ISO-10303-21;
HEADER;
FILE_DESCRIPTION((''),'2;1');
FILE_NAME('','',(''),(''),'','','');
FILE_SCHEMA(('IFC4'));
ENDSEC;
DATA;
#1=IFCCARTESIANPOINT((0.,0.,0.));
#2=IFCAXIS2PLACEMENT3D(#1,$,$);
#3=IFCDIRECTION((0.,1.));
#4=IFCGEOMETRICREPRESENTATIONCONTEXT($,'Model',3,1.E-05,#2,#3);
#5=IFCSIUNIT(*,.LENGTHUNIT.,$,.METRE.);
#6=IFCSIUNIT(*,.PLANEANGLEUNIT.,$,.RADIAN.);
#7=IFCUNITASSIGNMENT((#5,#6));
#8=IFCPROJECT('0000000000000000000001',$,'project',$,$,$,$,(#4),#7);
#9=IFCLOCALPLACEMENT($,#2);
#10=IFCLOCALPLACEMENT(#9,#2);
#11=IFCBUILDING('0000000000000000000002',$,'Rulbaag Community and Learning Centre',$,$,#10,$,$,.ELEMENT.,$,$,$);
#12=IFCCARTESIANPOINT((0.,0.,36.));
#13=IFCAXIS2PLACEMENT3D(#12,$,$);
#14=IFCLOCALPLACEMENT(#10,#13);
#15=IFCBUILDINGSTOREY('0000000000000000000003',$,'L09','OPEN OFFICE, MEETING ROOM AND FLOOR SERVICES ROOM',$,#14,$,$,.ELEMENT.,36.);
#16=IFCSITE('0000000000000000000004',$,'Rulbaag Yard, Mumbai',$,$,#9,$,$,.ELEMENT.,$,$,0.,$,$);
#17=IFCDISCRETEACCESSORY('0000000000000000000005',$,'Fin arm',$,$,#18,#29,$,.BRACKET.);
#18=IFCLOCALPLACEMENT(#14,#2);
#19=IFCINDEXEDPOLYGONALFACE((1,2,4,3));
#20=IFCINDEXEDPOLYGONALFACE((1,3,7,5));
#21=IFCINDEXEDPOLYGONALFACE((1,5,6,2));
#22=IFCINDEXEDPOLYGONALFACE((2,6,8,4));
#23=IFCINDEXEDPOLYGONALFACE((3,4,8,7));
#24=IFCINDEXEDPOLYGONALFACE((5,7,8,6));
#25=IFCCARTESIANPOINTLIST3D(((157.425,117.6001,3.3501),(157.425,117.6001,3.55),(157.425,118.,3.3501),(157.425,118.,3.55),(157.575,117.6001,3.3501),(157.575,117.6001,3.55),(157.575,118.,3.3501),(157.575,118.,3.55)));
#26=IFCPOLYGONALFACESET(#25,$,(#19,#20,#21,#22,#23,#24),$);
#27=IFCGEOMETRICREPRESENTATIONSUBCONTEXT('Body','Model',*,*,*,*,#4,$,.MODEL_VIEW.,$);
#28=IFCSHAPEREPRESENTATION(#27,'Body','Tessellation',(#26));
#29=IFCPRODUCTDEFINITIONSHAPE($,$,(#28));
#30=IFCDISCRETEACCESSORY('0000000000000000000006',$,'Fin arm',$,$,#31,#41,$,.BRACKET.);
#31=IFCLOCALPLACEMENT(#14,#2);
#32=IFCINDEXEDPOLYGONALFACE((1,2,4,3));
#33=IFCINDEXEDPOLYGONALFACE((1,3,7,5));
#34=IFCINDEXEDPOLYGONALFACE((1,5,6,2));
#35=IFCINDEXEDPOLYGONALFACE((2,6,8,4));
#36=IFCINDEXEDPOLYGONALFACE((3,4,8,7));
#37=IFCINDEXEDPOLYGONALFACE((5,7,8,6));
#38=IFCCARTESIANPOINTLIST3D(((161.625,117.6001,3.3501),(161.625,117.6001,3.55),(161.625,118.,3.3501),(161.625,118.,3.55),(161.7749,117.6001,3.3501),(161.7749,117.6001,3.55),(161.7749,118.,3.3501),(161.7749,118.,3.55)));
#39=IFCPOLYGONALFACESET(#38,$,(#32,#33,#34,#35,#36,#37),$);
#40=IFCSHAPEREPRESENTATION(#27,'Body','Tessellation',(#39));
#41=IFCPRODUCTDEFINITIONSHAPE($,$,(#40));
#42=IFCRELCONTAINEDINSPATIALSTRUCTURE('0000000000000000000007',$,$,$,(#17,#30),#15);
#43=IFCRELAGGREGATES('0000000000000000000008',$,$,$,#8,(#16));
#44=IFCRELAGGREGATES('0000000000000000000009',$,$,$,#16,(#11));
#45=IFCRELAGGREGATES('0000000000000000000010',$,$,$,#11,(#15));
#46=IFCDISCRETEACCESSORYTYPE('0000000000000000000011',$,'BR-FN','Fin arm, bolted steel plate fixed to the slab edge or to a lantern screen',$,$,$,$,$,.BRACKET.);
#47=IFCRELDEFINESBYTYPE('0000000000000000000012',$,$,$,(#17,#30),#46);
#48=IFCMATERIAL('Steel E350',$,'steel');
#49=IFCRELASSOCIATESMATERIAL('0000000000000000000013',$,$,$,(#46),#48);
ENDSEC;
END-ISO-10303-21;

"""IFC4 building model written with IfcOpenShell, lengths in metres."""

from ifc_helpers import new_model, si_unit, direction, frame, origin, origin_2d, place, context, subcontext, project, spatial, rectangle, extrude, material, type_object, element, save


model = new_model("IFC4")

# Units and contexts
model_context = context("Model", 3, precision=1e-05, world=origin(), true_north=direction((0.0, 1.0)))
body_context = subcontext(model_context, "Body", "Model", "MODEL_VIEW")
ifc_project = project(units=[si_unit("LENGTHUNIT", "METRE"), si_unit("PLANEANGLEUNIT", "RADIAN")], contexts=[model_context])

# Site, building, storey
site_placement = place(None, origin())
site = spatial("IfcSite", under=ifc_project, at=site_placement, Name="Rulbaag Yard, Mumbai", CompositionType="ELEMENT", RefElevation=0.0)
building_placement = place(site_placement, origin())
building = spatial("IfcBuilding", under=site, at=building_placement, Name="Rulbaag Community and Learning Centre", CompositionType="ELEMENT")
storey_placement = place(building_placement, frame((0.0, 0.0, 36.0)))
storey = spatial("IfcBuildingStorey", under=building, at=storey_placement, Name="L09", Description="OPEN OFFICE, MEETING ROOM AND FLOOR SERVICES ROOM", CompositionType="ELEMENT", Elevation=36.0)

# Discrete accessories
ifc_material_1 = material(Name="Steel E350", Category="steel")
discrete_accessory_type = type_object("IfcDiscreteAccessoryType", Name="BR-FN", Description="Fin arm, bolted steel plate fixed to the slab edge or to a lantern screen", PredefinedType="BRACKET", material=ifc_material_1)
for number, where, z_axis, x_axis, name in (
    (1, (157.5, 117.8, 3.3501), (0.0, 0.0, 1.0), (1.0, 0.0, 0.0), "Fin arm"),
    (2, (161.7, 117.8, 3.3501), (0.0, 0.0, 1.0), (1.0, 0.0, 0.0), "Fin arm"),
):
    element("IfcDiscreteAccessory", number, at=place(storey_placement, frame(where, z_axis=z_axis, x_axis=x_axis)), inside=storey, type_object=discrete_accessory_type, Name=name, PredefinedType="BRACKET", context=body_context, shape_type="SweptSolid", body=[
        extrude(rectangle(XDim=0.1499, YDim=0.3999, at=origin_2d()), origin(), (0.0, 0.0, 1.0), 0.2),
    ])

save(model, "model.ifc")
